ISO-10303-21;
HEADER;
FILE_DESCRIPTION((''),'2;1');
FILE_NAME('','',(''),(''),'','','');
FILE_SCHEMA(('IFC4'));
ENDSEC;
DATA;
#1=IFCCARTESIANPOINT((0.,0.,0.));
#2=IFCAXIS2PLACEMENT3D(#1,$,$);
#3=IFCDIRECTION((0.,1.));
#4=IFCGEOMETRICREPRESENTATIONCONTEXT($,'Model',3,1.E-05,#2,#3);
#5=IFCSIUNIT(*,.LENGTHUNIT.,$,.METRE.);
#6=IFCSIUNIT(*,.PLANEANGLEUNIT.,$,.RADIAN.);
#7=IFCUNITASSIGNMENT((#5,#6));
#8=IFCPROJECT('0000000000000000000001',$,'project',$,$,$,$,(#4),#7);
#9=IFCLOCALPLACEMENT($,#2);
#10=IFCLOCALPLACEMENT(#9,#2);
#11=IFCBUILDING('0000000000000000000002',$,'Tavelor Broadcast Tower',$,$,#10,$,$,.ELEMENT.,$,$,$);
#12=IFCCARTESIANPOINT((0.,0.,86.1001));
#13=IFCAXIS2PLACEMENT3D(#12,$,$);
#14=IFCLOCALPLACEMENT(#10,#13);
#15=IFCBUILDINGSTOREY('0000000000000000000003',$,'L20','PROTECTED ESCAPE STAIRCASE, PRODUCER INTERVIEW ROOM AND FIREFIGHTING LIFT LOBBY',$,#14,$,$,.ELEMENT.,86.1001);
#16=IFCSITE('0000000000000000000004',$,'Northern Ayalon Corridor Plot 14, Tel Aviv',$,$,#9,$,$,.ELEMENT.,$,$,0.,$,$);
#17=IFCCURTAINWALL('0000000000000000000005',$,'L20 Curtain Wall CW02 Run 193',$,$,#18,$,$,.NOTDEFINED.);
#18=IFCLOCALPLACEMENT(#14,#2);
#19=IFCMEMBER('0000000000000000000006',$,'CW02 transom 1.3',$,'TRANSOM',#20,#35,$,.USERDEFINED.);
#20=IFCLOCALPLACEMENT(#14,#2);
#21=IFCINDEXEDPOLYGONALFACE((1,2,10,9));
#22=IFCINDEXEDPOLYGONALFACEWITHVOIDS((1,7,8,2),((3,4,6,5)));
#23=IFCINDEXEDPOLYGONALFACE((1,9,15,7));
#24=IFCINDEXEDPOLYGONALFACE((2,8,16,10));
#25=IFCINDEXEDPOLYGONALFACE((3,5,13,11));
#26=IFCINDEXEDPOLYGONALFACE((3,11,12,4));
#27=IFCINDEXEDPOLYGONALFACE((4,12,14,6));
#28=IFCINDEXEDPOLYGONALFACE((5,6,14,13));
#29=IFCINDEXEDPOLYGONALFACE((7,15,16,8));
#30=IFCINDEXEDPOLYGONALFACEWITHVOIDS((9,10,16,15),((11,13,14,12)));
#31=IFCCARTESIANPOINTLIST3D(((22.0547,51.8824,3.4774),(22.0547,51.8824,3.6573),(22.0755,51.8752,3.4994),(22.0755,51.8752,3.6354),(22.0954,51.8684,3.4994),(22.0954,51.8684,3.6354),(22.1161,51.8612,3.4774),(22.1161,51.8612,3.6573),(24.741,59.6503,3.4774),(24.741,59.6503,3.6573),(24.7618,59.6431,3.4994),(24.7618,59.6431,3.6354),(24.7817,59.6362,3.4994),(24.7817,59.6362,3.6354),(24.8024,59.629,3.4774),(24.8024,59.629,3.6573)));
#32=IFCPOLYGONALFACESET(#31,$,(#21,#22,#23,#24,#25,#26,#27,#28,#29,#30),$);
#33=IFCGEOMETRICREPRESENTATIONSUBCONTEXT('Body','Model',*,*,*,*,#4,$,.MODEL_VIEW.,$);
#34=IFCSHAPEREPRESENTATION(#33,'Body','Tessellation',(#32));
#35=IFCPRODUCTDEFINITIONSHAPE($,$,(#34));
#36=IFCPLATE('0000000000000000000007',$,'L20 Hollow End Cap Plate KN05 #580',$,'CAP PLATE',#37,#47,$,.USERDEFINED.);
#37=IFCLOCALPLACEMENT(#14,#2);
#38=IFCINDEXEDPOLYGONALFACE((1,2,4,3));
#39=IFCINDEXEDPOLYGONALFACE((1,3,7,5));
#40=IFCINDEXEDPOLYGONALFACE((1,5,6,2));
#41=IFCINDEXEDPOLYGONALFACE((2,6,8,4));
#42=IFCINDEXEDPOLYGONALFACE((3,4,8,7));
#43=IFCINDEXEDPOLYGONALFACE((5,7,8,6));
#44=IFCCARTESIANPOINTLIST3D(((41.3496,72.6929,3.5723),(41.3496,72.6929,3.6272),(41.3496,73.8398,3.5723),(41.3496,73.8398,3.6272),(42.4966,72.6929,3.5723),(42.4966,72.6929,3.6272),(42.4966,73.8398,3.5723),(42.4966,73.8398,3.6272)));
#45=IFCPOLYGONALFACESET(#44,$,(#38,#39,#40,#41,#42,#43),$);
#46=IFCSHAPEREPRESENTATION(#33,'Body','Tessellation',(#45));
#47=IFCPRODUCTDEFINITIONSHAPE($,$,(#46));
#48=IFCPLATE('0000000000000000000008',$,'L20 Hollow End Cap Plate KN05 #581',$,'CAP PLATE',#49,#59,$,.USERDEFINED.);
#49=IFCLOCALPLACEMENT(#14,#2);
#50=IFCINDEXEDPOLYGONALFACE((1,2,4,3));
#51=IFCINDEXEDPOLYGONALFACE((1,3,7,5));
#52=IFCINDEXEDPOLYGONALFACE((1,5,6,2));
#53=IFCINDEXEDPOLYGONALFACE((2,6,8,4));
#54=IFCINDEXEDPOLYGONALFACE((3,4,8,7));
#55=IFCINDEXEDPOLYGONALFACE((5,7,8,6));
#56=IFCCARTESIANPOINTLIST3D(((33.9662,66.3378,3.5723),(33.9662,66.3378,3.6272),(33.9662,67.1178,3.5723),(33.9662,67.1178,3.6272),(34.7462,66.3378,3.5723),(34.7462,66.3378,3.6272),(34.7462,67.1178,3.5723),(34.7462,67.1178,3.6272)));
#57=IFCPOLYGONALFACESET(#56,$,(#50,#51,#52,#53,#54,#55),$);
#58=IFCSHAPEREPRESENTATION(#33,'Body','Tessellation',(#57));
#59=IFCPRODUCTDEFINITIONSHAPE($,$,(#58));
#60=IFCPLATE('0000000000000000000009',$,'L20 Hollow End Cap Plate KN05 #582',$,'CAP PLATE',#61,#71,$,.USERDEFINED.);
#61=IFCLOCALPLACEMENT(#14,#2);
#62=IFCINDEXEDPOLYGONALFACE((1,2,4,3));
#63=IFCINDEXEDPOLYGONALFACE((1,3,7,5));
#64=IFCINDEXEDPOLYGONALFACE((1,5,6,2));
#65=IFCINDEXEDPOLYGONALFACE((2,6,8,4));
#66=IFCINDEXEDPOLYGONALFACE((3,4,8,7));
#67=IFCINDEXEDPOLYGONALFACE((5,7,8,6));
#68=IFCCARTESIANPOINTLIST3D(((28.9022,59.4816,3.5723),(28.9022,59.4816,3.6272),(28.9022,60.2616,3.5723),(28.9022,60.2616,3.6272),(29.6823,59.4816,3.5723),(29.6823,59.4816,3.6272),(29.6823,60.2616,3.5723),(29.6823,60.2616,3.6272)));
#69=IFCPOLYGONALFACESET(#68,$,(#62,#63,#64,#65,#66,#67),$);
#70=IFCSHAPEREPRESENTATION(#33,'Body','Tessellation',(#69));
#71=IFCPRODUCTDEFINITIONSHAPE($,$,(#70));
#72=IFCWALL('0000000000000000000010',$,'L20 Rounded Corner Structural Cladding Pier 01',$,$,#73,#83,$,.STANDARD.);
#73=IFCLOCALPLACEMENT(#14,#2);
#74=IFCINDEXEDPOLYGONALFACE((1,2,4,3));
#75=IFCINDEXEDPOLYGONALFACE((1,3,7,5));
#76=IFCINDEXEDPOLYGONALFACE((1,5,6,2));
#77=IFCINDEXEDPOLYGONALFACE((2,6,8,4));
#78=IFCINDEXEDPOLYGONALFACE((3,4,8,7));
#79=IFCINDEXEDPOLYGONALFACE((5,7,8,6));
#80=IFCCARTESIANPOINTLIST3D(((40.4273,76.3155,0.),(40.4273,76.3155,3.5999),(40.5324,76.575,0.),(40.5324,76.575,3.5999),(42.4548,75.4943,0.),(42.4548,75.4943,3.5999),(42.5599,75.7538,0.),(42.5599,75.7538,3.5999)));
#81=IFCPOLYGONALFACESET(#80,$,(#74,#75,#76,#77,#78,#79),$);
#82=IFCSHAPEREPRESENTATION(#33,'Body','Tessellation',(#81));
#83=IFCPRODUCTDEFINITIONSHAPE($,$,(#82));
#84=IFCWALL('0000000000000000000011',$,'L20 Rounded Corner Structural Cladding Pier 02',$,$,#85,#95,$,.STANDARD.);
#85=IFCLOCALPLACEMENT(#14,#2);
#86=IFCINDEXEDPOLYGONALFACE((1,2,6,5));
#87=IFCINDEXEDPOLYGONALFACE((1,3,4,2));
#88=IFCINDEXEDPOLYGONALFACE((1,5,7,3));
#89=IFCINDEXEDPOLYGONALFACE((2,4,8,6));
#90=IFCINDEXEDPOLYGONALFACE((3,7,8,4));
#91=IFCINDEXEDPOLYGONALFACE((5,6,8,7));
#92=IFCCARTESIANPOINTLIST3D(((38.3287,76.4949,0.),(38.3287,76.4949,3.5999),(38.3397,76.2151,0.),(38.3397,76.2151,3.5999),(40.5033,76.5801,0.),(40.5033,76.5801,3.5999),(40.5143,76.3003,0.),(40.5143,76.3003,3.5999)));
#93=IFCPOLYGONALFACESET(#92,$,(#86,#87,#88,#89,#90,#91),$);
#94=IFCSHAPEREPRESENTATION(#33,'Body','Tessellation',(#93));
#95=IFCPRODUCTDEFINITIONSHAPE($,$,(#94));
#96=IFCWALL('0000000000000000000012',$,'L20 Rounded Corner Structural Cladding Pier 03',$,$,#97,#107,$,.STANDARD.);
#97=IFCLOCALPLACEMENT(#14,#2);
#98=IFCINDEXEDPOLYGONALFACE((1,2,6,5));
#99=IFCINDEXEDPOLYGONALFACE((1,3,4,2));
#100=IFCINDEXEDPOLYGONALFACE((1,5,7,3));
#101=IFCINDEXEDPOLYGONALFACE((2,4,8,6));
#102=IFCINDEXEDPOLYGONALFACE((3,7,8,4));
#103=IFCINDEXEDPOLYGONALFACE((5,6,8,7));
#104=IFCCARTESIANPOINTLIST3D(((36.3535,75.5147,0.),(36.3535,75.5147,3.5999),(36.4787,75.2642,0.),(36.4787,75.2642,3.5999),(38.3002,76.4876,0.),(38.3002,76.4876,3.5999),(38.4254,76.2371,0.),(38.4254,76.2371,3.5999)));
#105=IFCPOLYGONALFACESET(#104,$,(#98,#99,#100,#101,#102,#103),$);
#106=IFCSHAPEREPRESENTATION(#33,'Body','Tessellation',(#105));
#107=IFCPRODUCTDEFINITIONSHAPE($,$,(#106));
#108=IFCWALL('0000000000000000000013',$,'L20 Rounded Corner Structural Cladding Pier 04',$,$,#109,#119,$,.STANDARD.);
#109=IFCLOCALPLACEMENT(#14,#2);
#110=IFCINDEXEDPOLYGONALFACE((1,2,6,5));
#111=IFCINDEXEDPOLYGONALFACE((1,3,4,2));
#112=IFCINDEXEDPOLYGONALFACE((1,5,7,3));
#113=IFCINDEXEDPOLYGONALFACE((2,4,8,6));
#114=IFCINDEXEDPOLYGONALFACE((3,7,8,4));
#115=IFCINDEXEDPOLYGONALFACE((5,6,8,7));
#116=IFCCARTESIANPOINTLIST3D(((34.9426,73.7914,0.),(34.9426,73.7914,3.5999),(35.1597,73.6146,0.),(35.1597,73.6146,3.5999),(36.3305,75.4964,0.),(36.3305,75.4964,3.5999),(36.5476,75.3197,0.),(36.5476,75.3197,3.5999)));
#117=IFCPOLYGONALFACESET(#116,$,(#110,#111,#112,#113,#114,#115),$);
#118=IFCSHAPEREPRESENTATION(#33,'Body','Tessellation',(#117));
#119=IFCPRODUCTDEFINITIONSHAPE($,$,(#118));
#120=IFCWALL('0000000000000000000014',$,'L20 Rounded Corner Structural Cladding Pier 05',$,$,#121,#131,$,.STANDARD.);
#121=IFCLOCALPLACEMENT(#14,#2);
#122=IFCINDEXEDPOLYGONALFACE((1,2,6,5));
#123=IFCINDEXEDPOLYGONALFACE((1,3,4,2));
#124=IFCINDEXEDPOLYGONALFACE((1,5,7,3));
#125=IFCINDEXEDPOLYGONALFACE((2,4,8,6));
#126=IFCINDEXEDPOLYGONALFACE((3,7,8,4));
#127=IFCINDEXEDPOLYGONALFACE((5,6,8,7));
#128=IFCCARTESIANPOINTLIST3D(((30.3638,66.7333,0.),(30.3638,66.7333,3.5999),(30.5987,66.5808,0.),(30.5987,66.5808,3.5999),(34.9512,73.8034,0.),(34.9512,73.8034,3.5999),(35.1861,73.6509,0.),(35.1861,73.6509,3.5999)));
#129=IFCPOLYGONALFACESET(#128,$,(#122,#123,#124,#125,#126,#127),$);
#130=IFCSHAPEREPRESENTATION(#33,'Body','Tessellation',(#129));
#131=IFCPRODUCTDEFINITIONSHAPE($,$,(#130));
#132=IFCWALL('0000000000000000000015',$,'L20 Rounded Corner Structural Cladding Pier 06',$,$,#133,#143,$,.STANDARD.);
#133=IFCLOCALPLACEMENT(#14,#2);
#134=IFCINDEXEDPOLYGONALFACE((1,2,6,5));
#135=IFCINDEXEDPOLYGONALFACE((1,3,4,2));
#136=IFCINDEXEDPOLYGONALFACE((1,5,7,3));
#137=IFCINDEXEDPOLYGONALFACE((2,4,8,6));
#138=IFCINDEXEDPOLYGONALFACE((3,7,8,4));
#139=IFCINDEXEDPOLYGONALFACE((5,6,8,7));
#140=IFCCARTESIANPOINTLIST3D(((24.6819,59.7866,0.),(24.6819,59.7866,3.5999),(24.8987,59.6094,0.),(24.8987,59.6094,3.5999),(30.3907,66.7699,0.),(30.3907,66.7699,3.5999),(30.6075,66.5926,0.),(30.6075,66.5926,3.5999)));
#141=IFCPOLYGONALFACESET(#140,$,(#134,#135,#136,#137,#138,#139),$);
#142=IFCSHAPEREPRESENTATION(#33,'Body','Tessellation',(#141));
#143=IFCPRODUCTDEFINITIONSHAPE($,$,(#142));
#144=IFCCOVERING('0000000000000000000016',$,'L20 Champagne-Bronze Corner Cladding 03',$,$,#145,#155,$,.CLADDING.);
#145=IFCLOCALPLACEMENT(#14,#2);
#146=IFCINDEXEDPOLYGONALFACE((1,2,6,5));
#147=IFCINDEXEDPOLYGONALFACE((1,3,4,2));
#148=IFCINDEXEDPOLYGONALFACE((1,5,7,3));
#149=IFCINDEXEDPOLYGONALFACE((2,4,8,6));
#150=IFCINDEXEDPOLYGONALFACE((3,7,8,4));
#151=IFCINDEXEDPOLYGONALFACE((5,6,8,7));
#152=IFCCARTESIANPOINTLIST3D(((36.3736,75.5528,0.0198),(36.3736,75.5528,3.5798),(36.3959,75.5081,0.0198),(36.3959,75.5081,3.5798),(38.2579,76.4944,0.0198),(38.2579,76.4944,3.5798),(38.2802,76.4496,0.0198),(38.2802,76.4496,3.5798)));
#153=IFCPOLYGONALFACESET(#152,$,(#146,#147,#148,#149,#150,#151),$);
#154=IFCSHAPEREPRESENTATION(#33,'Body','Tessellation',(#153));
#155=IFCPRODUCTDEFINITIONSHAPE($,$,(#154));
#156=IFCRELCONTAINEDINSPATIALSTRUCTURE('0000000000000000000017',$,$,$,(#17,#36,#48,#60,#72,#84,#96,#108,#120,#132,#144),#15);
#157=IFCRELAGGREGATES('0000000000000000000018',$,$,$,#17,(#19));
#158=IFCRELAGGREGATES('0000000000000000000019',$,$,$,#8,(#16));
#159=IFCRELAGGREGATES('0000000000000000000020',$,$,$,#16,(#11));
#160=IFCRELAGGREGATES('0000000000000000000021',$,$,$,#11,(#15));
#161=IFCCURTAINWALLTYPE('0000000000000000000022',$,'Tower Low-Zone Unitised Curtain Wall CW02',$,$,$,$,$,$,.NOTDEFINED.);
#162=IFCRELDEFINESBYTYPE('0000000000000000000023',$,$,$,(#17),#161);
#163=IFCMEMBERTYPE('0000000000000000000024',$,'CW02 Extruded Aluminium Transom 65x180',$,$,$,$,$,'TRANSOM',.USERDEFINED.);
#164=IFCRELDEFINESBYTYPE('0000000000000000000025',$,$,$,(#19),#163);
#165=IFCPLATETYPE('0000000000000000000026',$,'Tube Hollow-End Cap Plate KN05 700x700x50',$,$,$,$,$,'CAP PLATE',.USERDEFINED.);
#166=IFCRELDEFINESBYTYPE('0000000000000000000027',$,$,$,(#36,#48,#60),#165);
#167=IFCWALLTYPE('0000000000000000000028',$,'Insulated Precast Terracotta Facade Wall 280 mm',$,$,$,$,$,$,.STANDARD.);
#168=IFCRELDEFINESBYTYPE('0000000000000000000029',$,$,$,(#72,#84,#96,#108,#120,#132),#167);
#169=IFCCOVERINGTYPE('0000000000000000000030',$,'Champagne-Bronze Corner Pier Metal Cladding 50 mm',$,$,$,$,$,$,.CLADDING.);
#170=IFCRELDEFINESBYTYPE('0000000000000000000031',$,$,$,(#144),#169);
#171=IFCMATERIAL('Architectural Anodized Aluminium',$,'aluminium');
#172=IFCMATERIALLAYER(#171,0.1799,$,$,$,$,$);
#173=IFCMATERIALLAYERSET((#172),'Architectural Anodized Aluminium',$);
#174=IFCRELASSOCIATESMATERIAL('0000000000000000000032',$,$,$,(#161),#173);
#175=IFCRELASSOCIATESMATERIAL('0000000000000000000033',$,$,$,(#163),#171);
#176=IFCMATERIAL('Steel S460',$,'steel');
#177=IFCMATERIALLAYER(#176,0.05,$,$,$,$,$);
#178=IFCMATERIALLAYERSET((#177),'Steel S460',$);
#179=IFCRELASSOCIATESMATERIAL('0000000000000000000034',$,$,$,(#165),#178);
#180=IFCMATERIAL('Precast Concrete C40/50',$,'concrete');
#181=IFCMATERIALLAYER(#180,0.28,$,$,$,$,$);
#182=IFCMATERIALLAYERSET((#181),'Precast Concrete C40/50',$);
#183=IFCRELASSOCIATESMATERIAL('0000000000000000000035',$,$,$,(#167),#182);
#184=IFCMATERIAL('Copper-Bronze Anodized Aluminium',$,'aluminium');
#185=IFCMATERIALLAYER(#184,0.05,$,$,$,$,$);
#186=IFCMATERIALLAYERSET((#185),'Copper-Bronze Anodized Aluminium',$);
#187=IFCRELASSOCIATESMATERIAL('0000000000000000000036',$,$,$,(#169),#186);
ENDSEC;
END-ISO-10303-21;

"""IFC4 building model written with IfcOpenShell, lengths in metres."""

from ifc_helpers import new_model, si_unit, direction, frame, frame_2d, origin, origin_2d, place, context, subcontext, project, spatial, rectangle, hollow_rectangle, extrude, source, transform, mapped, material, layer, layer_set, material_profile, profile_set, type_object, type_shapes, element, aggregate, save


model = new_model("IFC4")

# Units and contexts
model_context = context("Model", 3, precision=1e-05, world=origin(), true_north=direction((0.0, 1.0)))
body_context = subcontext(model_context, "Body", "Model", "MODEL_VIEW")
ifc_project = project(units=[si_unit("LENGTHUNIT", "METRE"), si_unit("PLANEANGLEUNIT", "RADIAN")], contexts=[model_context])

# Site, building, storey
site_placement = place(None, origin())
site = spatial("IfcSite", under=ifc_project, at=site_placement, Name="Northern Ayalon Corridor Plot 14, Tel Aviv", CompositionType="ELEMENT", RefElevation=0.0)
building_placement = place(site_placement, origin())
building = spatial("IfcBuilding", under=site, at=building_placement, Name="Tavelor Broadcast Tower", CompositionType="ELEMENT")
storey_placement = place(building_placement, frame((0.0, 0.0, 86.1001)))
storey = spatial("IfcBuildingStorey", under=building, at=storey_placement, Name="L20", Description="PROTECTED ESCAPE STAIRCASE, PRODUCER INTERVIEW ROOM AND FIREFIGHTING LIFT LOBBY", CompositionType="ELEMENT", Elevation=86.1001)

# Shared definitions
ifc_material_1 = material(Name="Steel S460", Category="steel")

# Curtain wall
ifc_material_2 = material(Name="Architectural Anodized Aluminium", Category="aluminium")
ifc_layer_1 = layer(ifc_material_2, 0.1799)
ifc_layer_set_1 = layer_set([ifc_layer_1], Name="Architectural Anodized Aluminium")
curtain_wall_type = type_object("IfcCurtainWallType", Name="Tower Low-Zone Unitised Curtain Wall CW02", PredefinedType="NOTDEFINED", material=ifc_layer_set_1)
curtain_wall_1_placement = place(storey_placement, origin())
curtain_wall_1 = element("IfcCurtainWall", 1, at=curtain_wall_1_placement, inside=storey, type_object=curtain_wall_type, Name="L20 Curtain Wall CW02 Run 193", PredefinedType="NOTDEFINED")

# Member
ifc_material_profile_1 = material_profile(ifc_material_2, hollow_rectangle(XDim=0.0649, YDim=0.1799, WallThickness=0.022, at=origin_2d()), Name="RHS 65x180x22")
ifc_profile_set_1 = profile_set([ifc_material_profile_1], Name="Architectural Anodized Aluminium")
member_type_1 = type_object("IfcMemberType", Name="CW02 Extruded Aluminium Transom 65x180", ElementType="TRANSOM", PredefinedType="USERDEFINED", material=ifc_profile_set_1)
shared_shape_1 = source(origin(), body_context, "Body", "SweptSolid", [
    extrude(hollow_rectangle(XDim=0.0649, YDim=0.1799, WallThickness=0.022, at=origin_2d()), origin(), (0.0, 0.0, 1.0), 8.2192),
])
type_shapes(member_type_1, [shared_shape_1])
member_1_placement = place(storey_placement, frame((24.7717, 59.6396, 3.5674), z_axis=(-0.32683, -0.945083, 0.0), x_axis=(0.945083, -0.32683, 0.0)))
member_1 = element("IfcMember", 2, at=member_1_placement, type_object=member_type_1, Name="CW02 transom 1.3", ObjectType="TRANSOM", PredefinedType="USERDEFINED", context=body_context, shape_type="MappedRepresentation", body=[
    mapped(shared_shape_1, transform((0.0, 0.0, 0.0), scale=1.0)),
])
aggregate(curtain_wall_1, [member_1])

# Plates
ifc_layer_2 = layer(ifc_material_1, 0.05)
ifc_layer_set_2 = layer_set([ifc_layer_2], Name="Steel S460")
plate_type = type_object("IfcPlateType", Name="Tube Hollow-End Cap Plate KN05 700x700x50", ElementType="CAP PLATE", PredefinedType="USERDEFINED", material=ifc_layer_set_2)
shared_shape_2 = source(origin(), body_context, "Body", "SweptSolid", [
    extrude(rectangle(XDim=1.147, YDim=1.147, at=origin_2d()), origin(), (0.0, 0.0, 1.0), 0.0549),
])
plate_placement = place(storey_placement, frame((41.9231, 73.2664, 3.5723), z_axis=(0.0, 0.0, 1.0), x_axis=(1.0, 0.0, 0.0)))
element("IfcPlate", 3, at=plate_placement, inside=storey, type_object=plate_type, Name="L20 Hollow End Cap Plate KN05 #580", ObjectType="CAP PLATE", PredefinedType="USERDEFINED", context=body_context, shape_type="MappedRepresentation", body=[
    mapped(shared_shape_2, transform((0.0, 0.0, 0.0), scale=1.0)),
])
shared_shape_3 = source(origin(), body_context, "Body", "SweptSolid", [
    extrude(rectangle(XDim=0.78, YDim=0.78, at=origin_2d()), origin(), (0.0, 0.0, 1.0), 0.0549),
])
type_shapes(plate_type, [shared_shape_2, shared_shape_3])
for number, where, z_axis, x_axis, name in (
    (4, (34.3562, 66.7278, 3.5723), (0.0, 0.0, 1.0), (1.0, 0.0, 0.0), "L20 Hollow End Cap Plate KN05 #581"),
    (5, (29.2922, 59.8716, 3.5723), (0.0, 0.0, 1.0), (1.0, 0.0, 0.0), "L20 Hollow End Cap Plate KN05 #582"),
):
    element("IfcPlate", number, at=place(storey_placement, frame(where, z_axis=z_axis, x_axis=x_axis)), inside=storey, type_object=plate_type, Name=name, ObjectType="CAP PLATE", PredefinedType="USERDEFINED", context=body_context, shape_type="MappedRepresentation", body=[
        mapped(shared_shape_3, transform((0.0, 0.0, 0.0), scale=1.0)),
    ])

# Walls
ifc_material_3 = material(Name="Precast Concrete C40/50", Category="concrete")
ifc_layer_3 = layer(ifc_material_3, 0.28)
ifc_layer_set_3 = layer_set([ifc_layer_3], Name="Precast Concrete C40/50")
wall_type = type_object("IfcWallType", Name="Insulated Precast Terracotta Facade Wall 280 mm", PredefinedType="STANDARD", material=ifc_layer_set_3)
wall_1_placement = place(storey_placement, frame((42.5073, 75.624, 0.0), z_axis=(0.0, 0.0, 1.0), x_axis=(-0.926852, 0.375428, 0.0)))
element("IfcWall", 6, at=wall_1_placement, inside=storey, type_object=wall_type, Name="L20 Rounded Corner Structural Cladding Pier 01", PredefinedType="STANDARD", context=body_context, shape_type="SweptSolid", body=[
    extrude(rectangle(XDim=2.1875, YDim=0.28, at=frame_2d((1.0938, 0.0))), origin(), (0.0, 0.0, 1.0), 3.5999),
])
for number, where, z_axis, x_axis, name in (
    (7, (40.5088, 76.4402, 0.0), (0.0, 0.0, 1.0), (-0.999233, -0.039153, 0.0), "L20 Rounded Corner Structural Cladding Pier 02"),
    (8, (38.3628, 76.3623, 0.0), (0.0, 0.0, 1.0), (-0.894517, -0.447034, 0.0), "L20 Rounded Corner Structural Cladding Pier 03"),
):
    element("IfcWall", number, at=place(storey_placement, frame(where, z_axis=z_axis, x_axis=x_axis)), inside=storey, type_object=wall_type, Name=name, PredefinedType="STANDARD", context=body_context, shape_type="SweptSolid", body=[
        extrude(rectangle(XDim=2.1763, YDim=0.28, at=frame_2d((1.0881, 0.0))), origin(), (0.0, 0.0, 1.0), 3.5999),
    ])
wall_2_placement = place(storey_placement, frame((36.439, 75.408, 0.0), z_axis=(0.0, 0.0, 1.0), x_axis=(-0.631295, -0.775543, 0.0)))
element("IfcWall", 9, at=wall_2_placement, inside=storey, type_object=wall_type, Name="L20 Rounded Corner Structural Cladding Pier 04", PredefinedType="STANDARD", context=body_context, shape_type="SweptSolid", body=[
    extrude(rectangle(XDim=2.1985, YDim=0.28, at=frame_2d((1.0991, 0.0))), origin(), (0.0, 0.0, 1.0), 3.5999),
])
wall_3_placement = place(storey_placement, frame((35.0686, 73.7271, 0.0), z_axis=(0.0, 0.0, 1.0), x_axis=(-0.544309, -0.838885, 0.0)))
element("IfcWall", 10, at=wall_3_placement, inside=storey, type_object=wall_type, Name="L20 Rounded Corner Structural Cladding Pier 05", PredefinedType="STANDARD", context=body_context, shape_type="SweptSolid", body=[
    extrude(rectangle(XDim=8.428, YDim=0.28, at=frame_2d((4.2139, 0.0))), origin(), (0.0, 0.0, 1.0), 3.5999),
])
wall_4_placement = place(storey_placement, frame((30.499, 66.6812, 0.0), z_axis=(0.0, 0.0, 1.0), x_axis=(-0.632922, -0.774215, 0.0)))
element("IfcWall", 11, at=wall_4_placement, inside=storey, type_object=wall_type, Name="L20 Rounded Corner Structural Cladding Pier 06", PredefinedType="STANDARD", context=body_context, shape_type="SweptSolid", body=[
    extrude(rectangle(XDim=9.0198, YDim=0.28, at=frame_2d((4.5098, 0.0))), origin(), (0.0, 0.0, 1.0), 3.5999),
])

# Covering
ifc_material_4 = material(Name="Copper-Bronze Anodized Aluminium", Category="aluminium")
ifc_layer_4 = layer(ifc_material_4, 0.05)
ifc_layer_set_4 = layer_set([ifc_layer_4], Name="Copper-Bronze Anodized Aluminium")
covering_type = type_object("IfcCoveringType", Name="Champagne-Bronze Corner Pier Metal Cladding 50 mm", PredefinedType="CLADDING", material=ifc_layer_set_4)
covering_placement = place(storey_placement, frame((37.3269, 76.0012, 0.0198), z_axis=(0.0, 0.0, 1.0), x_axis=(-0.894545, -0.446979, 0.0)))
element("IfcCovering", 12, at=covering_placement, inside=storey, type_object=covering_type, Name="L20 Champagne-Bronze Corner Cladding 03", PredefinedType="CLADDING", context=body_context, shape_type="SweptSolid", body=[
    extrude(rectangle(XDim=2.1064, YDim=0.05, at=origin_2d()), origin(), (0.0, 0.0, 1.0), 3.5601),
])

save(model, "model.ifc")
